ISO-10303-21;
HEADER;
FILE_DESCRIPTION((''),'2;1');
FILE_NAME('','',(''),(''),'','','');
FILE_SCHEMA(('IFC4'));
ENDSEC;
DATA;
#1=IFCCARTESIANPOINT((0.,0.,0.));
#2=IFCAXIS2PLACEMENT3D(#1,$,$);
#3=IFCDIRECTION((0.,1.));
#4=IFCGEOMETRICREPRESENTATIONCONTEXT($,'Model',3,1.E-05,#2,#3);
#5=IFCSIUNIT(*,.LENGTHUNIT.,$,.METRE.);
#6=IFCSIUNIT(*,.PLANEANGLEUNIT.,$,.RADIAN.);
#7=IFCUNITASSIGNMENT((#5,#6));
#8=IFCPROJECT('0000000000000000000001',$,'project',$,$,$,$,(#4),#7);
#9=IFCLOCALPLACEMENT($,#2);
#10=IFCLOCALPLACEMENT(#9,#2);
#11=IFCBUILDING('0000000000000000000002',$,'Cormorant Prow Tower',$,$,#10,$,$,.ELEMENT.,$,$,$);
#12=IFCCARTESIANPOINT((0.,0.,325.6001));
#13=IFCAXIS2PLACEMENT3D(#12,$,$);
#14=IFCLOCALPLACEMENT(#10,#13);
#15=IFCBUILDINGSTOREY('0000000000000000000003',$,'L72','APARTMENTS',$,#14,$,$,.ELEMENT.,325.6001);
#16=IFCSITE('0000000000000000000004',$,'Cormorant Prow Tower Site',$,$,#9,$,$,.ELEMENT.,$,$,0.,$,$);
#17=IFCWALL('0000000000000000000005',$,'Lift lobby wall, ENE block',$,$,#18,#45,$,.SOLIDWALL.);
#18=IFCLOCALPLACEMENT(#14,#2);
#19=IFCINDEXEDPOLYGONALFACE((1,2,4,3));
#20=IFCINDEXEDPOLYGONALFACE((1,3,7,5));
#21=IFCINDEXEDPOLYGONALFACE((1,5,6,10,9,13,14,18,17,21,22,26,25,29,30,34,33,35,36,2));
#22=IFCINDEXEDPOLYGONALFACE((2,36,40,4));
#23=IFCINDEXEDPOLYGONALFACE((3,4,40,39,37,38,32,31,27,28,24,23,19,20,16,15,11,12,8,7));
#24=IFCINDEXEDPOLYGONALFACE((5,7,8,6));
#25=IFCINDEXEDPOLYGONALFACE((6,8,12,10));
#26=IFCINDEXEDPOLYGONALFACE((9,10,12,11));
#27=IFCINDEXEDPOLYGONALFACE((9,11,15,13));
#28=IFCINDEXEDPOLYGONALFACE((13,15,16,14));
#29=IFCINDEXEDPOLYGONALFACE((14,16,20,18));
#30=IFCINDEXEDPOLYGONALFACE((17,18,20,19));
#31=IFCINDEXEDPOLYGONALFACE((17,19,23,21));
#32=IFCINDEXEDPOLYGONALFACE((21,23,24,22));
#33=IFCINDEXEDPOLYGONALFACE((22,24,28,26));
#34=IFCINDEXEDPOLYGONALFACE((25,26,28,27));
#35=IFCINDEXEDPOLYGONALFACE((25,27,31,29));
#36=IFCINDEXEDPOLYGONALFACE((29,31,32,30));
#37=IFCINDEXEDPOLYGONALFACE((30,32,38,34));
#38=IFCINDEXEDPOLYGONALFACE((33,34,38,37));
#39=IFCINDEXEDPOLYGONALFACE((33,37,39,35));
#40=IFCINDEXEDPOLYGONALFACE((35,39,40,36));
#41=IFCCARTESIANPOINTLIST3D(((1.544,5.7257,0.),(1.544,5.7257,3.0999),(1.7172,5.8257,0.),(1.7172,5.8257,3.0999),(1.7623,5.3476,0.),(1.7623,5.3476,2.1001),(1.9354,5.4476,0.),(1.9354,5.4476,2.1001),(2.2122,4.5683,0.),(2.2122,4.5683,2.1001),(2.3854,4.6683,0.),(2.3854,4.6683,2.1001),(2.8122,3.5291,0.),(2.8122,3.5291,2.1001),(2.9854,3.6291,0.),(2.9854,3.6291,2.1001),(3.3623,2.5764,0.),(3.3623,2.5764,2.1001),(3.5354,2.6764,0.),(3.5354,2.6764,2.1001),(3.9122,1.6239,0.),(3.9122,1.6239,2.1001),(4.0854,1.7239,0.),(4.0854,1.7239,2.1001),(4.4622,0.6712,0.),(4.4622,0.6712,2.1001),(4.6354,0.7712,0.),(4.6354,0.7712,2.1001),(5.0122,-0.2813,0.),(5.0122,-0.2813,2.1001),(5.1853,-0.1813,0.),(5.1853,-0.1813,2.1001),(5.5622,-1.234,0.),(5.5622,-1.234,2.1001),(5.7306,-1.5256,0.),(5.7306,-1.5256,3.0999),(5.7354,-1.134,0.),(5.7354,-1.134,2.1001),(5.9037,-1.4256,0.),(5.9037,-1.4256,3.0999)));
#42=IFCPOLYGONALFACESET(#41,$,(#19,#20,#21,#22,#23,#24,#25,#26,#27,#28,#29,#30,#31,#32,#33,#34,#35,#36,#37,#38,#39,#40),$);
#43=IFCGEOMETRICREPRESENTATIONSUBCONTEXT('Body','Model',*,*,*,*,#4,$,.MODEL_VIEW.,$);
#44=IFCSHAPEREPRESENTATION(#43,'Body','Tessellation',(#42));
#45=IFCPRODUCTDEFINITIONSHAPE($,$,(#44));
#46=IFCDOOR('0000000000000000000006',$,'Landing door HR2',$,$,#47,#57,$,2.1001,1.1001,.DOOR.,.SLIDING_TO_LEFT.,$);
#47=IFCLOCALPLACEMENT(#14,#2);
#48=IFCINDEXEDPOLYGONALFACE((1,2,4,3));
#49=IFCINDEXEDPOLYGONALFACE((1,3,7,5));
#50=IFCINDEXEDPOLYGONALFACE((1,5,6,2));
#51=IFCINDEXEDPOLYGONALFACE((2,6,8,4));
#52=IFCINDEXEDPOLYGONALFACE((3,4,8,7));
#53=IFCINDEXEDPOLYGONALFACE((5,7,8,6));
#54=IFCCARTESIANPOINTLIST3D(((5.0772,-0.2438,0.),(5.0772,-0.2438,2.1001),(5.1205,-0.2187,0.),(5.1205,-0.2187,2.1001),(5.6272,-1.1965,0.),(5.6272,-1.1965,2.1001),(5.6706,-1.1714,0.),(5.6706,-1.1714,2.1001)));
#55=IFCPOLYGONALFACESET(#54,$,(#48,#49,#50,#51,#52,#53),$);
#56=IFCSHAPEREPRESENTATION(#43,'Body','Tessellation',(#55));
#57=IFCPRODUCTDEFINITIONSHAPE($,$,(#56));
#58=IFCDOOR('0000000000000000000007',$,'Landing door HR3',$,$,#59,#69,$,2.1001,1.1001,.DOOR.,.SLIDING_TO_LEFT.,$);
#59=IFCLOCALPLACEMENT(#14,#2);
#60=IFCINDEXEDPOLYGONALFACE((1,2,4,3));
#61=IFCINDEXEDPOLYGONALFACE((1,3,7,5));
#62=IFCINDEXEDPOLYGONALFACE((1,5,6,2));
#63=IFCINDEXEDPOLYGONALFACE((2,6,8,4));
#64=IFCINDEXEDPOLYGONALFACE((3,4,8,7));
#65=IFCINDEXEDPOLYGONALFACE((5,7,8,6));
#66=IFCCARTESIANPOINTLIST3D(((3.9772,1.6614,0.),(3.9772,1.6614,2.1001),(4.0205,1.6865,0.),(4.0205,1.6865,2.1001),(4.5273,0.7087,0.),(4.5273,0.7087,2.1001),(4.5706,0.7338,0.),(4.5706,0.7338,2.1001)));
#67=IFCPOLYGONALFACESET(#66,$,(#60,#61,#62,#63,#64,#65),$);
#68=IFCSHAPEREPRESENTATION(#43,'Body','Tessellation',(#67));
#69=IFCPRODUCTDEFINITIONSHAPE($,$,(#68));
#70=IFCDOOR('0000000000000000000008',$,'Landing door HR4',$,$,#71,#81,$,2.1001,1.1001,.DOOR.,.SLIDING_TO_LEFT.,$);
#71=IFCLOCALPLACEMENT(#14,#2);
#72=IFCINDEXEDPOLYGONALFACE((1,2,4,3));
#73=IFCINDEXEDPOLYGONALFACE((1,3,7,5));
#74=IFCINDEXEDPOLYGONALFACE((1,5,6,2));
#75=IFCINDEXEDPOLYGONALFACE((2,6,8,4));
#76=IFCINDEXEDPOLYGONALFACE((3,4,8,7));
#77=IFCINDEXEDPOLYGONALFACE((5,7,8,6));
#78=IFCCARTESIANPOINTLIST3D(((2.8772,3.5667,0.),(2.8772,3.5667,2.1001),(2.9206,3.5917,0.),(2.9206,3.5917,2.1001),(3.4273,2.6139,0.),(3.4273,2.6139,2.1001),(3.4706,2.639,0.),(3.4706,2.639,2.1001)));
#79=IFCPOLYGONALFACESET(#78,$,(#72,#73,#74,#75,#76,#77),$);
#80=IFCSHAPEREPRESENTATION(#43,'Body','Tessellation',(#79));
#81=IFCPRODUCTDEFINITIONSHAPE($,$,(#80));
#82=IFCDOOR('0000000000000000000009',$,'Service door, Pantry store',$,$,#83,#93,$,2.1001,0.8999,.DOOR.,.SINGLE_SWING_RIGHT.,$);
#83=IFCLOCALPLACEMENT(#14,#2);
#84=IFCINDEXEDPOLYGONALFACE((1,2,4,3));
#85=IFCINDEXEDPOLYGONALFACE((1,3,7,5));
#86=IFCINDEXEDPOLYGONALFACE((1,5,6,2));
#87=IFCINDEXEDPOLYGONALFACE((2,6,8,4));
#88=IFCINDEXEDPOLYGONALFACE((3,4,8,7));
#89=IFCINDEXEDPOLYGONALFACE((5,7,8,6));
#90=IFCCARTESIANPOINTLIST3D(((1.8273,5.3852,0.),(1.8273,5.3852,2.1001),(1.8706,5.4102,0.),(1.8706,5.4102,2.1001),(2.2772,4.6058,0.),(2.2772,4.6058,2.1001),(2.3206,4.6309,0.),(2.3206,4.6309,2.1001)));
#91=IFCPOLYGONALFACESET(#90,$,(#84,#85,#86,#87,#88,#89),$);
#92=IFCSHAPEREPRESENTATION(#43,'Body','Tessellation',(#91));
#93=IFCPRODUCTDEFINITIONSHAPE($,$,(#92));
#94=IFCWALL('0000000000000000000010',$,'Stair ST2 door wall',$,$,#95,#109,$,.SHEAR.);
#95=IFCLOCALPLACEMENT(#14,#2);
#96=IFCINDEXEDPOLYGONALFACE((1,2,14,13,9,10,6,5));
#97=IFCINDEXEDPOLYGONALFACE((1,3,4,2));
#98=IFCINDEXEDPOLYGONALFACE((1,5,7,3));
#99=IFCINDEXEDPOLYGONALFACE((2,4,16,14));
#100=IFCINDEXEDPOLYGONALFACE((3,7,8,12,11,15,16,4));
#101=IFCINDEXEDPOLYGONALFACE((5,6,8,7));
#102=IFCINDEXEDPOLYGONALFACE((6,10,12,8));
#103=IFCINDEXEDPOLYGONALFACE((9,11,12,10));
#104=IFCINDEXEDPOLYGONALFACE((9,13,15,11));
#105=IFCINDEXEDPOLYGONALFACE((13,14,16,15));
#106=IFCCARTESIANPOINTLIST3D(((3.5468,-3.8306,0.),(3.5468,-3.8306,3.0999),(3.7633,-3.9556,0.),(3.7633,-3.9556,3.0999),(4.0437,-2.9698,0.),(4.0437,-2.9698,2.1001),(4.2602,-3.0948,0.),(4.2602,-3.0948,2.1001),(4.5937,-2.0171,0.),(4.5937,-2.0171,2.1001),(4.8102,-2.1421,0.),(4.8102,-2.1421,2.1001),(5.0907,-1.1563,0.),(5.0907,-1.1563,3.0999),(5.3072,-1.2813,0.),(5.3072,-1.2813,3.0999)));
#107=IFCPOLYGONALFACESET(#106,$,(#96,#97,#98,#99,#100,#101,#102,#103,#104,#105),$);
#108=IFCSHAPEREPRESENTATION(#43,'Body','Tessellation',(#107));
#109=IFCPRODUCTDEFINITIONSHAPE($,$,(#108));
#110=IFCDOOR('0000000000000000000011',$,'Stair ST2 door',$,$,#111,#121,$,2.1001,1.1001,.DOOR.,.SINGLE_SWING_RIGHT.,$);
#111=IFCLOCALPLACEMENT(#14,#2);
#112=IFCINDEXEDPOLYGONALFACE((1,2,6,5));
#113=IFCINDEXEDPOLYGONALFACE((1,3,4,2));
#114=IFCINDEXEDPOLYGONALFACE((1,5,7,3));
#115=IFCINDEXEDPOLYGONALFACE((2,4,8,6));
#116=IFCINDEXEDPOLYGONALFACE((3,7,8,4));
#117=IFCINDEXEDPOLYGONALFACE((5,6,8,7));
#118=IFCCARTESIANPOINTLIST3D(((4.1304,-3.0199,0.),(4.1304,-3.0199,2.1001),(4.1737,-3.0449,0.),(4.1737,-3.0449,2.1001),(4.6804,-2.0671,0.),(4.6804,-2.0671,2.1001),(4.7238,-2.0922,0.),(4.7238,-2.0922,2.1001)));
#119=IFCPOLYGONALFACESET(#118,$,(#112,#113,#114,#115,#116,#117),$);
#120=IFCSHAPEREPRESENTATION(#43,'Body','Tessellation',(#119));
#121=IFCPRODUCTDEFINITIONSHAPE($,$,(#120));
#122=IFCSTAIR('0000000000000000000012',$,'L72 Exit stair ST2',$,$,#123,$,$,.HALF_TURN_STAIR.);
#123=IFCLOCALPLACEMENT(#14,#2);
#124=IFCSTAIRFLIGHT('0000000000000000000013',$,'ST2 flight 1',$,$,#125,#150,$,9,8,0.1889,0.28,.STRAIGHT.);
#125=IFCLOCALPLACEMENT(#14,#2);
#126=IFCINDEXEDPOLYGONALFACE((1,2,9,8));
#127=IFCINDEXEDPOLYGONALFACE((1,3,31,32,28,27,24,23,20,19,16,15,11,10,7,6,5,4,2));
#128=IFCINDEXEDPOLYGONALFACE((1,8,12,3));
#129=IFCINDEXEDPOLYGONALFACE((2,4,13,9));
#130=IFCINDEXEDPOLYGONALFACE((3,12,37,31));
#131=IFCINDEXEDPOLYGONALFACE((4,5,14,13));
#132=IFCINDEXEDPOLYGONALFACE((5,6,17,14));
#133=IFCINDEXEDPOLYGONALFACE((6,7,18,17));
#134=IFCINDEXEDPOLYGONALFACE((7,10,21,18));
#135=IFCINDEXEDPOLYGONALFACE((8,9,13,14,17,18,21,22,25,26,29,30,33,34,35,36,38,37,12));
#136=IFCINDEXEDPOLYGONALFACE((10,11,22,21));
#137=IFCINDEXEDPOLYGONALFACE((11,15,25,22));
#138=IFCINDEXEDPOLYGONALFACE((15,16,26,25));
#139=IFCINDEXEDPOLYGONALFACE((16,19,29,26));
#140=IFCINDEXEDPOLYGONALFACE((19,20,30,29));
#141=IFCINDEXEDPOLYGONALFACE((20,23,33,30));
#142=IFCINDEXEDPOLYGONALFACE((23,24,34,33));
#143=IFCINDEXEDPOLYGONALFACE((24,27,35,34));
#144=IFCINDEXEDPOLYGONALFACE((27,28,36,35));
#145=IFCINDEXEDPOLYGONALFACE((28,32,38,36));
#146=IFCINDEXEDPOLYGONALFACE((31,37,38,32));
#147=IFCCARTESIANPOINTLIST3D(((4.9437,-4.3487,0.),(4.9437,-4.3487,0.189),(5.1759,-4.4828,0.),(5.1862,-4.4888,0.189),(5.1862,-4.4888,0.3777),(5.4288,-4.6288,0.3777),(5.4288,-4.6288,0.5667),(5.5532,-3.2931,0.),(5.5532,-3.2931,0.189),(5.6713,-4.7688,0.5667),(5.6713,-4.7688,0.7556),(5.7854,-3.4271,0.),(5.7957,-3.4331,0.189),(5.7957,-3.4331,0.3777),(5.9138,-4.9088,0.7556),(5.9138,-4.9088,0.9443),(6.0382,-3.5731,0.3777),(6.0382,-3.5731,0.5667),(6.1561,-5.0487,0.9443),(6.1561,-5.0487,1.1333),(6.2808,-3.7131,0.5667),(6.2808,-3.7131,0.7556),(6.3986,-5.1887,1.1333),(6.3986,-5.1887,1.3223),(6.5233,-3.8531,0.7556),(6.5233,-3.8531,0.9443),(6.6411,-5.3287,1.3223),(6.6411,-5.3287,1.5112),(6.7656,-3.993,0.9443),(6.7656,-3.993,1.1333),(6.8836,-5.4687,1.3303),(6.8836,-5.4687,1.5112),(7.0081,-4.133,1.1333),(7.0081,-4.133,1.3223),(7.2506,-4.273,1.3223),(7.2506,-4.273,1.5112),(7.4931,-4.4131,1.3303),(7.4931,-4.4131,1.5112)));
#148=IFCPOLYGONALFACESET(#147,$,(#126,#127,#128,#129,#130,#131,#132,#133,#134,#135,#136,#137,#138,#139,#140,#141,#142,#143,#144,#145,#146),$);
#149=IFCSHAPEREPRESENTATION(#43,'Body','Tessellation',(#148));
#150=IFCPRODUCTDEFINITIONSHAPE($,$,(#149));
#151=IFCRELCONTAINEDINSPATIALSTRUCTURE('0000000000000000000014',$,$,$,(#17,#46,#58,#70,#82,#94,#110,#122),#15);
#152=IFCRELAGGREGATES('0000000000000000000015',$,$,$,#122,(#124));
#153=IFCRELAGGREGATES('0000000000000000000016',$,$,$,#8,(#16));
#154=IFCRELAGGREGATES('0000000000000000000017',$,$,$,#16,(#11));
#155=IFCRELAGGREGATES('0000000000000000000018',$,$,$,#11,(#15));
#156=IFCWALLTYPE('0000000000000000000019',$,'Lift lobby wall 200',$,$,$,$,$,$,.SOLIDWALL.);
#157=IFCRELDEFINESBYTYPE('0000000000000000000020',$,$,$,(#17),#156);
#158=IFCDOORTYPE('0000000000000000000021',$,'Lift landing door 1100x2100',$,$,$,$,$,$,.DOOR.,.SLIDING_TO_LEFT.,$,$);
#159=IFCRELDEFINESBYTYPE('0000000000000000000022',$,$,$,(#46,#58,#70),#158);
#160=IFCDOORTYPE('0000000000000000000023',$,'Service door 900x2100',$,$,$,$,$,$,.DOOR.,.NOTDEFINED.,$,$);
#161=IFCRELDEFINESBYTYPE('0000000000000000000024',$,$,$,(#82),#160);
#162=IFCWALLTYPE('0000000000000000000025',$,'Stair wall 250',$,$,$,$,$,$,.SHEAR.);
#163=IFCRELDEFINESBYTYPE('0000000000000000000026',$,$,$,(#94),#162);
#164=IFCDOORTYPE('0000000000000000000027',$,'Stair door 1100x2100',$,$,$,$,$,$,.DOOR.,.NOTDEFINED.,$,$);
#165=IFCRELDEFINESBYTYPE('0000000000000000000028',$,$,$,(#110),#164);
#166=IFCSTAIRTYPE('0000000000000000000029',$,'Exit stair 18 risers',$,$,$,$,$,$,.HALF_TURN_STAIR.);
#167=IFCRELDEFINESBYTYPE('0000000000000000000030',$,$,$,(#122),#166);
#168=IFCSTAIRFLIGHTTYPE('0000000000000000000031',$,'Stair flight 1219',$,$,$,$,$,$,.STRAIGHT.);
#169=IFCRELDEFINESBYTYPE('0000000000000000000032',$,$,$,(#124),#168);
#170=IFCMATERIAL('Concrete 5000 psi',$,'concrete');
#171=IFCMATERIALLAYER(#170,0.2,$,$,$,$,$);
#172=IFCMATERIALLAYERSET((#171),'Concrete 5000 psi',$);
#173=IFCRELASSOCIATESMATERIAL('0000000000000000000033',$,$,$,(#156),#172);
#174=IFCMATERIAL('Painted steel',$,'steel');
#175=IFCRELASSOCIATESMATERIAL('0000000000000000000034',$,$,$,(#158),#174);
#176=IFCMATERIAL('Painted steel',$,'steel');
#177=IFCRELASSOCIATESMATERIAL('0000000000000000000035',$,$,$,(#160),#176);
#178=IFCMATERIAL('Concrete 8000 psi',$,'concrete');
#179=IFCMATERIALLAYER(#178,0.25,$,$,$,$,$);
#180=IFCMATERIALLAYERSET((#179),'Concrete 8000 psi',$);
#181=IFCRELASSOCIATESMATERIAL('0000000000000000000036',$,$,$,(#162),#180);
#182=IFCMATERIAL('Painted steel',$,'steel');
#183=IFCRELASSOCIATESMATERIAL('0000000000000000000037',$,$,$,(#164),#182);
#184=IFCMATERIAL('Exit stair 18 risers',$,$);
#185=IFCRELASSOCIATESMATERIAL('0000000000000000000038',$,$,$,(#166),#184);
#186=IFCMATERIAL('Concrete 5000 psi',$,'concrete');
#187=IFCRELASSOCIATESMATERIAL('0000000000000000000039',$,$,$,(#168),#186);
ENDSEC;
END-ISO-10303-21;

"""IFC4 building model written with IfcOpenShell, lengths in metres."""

from ifc_helpers import new_model, si_unit, direction, frame, frame_2d, origin, place, context, subcontext, project, spatial, polyline, rectangle, outline, extrude, material, layer, layer_set, type_object, element, fill, aggregate, save


model = new_model("IFC4")

# Units and contexts
model_context = context("Model", 3, precision=1e-05, world=origin(), true_north=direction((0.0, 1.0)))
body_context = subcontext(model_context, "Body", "Model", "MODEL_VIEW")
ifc_project = project(units=[si_unit("LENGTHUNIT", "METRE"), si_unit("PLANEANGLEUNIT", "RADIAN")], contexts=[model_context])

# Site, building, storey
site_placement = place(None, origin())
site = spatial("IfcSite", under=ifc_project, at=site_placement, Name="Cormorant Prow Tower Site", CompositionType="ELEMENT", RefElevation=0.0)
building_placement = place(site_placement, origin())
building = spatial("IfcBuilding", under=site, at=building_placement, Name="Cormorant Prow Tower", CompositionType="ELEMENT")
storey_placement = place(building_placement, frame((0.0, 0.0, 325.6001)))
storey = spatial("IfcBuildingStorey", under=building, at=storey_placement, Name="L72", Description="APARTMENTS", CompositionType="ELEMENT", Elevation=325.6001)

# Wall, openings, doors
ifc_material_1 = material(Name="Concrete 5000 psi", Category="concrete")
ifc_layer_1 = layer(ifc_material_1, 0.2)
ifc_layer_set_1 = layer_set([ifc_layer_1], Name="Concrete 5000 psi")
wall_type_1 = type_object("IfcWallType", Name="Lift lobby wall 200", PredefinedType="SOLIDWALL", material=ifc_layer_set_1)
wall_1_placement = place(storey_placement, frame((5.8171, -1.4756, 0.0), z_axis=(0.0, 0.0, 1.0), x_axis=(-0.500003, 0.866024, 0.0)))
wall_1 = element("IfcWall", 1, at=wall_1_placement, inside=storey, type_object=wall_type_1, Name="Lift lobby wall, ENE block", PredefinedType="SOLIDWALL", context=body_context, shape_type="SweptSolid", body=[
    extrude(rectangle(XDim=8.373, YDim=0.2, at=frame_2d((4.1865, 0.0))), origin(), (0.0, 0.0, 1.0), 3.0999),
])
opening_1_placement = place(wall_1_placement, frame((0.3367, 0.0, 0.0)))
opening_1 = element("IfcOpeningElement", 2, at=opening_1_placement, cuts=wall_1, PredefinedType="OPENING", context=body_context, shape_type="SweptSolid", body=[
    extrude(rectangle(XDim=1.1001, YDim=2.1001, at=frame_2d((0.55, 1.05))), frame((0.0, 0.1099, 0.0), z_axis=(0.0, -1.0, 0.0), x_axis=(1.0, 0.0, 0.0)), (0.0, 0.0, 1.0), 0.22),
])
opening_2_placement = place(wall_1_placement, frame((2.5366, 0.0, 0.0)))
opening_2 = element("IfcOpeningElement", 3, at=opening_2_placement, cuts=wall_1, PredefinedType="OPENING", context=body_context, shape_type="SweptSolid", body=[
    extrude(rectangle(XDim=1.1001, YDim=2.1001, at=frame_2d((0.55, 1.05))), frame((0.0, 0.1099, 0.0), z_axis=(0.0, -1.0, 0.0), x_axis=(1.0, 0.0, 0.0)), (0.0, 0.0, 1.0), 0.22),
])
opening_3_placement = place(wall_1_placement, frame((4.7366, 0.0, 0.0)))
opening_3 = element("IfcOpeningElement", 4, at=opening_3_placement, cuts=wall_1, PredefinedType="OPENING", context=body_context, shape_type="SweptSolid", body=[
    extrude(rectangle(XDim=1.1001, YDim=2.1001, at=frame_2d((0.55, 1.05))), frame((0.0, 0.1099, 0.0), z_axis=(0.0, -1.0, 0.0), x_axis=(1.0, 0.0, 0.0)), (0.0, 0.0, 1.0), 0.22),
])
opening_4_placement = place(wall_1_placement, frame((7.0366, 0.0, 0.0)))
opening_4 = element("IfcOpeningElement", 5, at=opening_4_placement, cuts=wall_1, PredefinedType="OPENING", context=body_context, shape_type="SweptSolid", body=[
    extrude(rectangle(XDim=0.8999, YDim=2.1001, at=frame_2d((0.45, 1.05))), frame((0.0, 0.1099, 0.0), z_axis=(0.0, -1.0, 0.0), x_axis=(1.0, 0.0, 0.0)), (0.0, 0.0, 1.0), 0.22),
])
ifc_material_2 = material(Name="Painted steel", Category="steel")
door_type_1 = type_object("IfcDoorType", Name="Lift landing door 1100x2100", OperationType="SLIDING_TO_LEFT", PredefinedType="DOOR", material=ifc_material_2)
door_1_placement = place(opening_1_placement, origin())
door_1 = element("IfcDoor", 6, at=door_1_placement, inside=storey, type_object=door_type_1, Name="Landing door HR2", OperationType="SLIDING_TO_LEFT", OverallHeight=2.1001, OverallWidth=1.1001, PredefinedType="DOOR", context=body_context, shape_type="SweptSolid", body=[
    extrude(rectangle(XDim=1.1001, YDim=2.1001, at=frame_2d((0.55, 1.05))), frame((0.0, 0.0249, 0.0), z_axis=(0.0, -1.0, 0.0), x_axis=(1.0, 0.0, 0.0)), (0.0, 0.0, 1.0), 0.05),
])
fill(opening_1, door_1)
door_2_placement = place(opening_2_placement, origin())
door_2 = element("IfcDoor", 7, at=door_2_placement, inside=storey, type_object=door_type_1, Name="Landing door HR3", OperationType="SLIDING_TO_LEFT", OverallHeight=2.1001, OverallWidth=1.1001, PredefinedType="DOOR", context=body_context, shape_type="SweptSolid", body=[
    extrude(rectangle(XDim=1.1001, YDim=2.1001, at=frame_2d((0.55, 1.05))), frame((0.0, 0.0249, 0.0), z_axis=(0.0, -1.0, 0.0), x_axis=(1.0, 0.0, 0.0)), (0.0, 0.0, 1.0), 0.05),
])
fill(opening_2, door_2)
door_3_placement = place(opening_3_placement, origin())
door_3 = element("IfcDoor", 8, at=door_3_placement, inside=storey, type_object=door_type_1, Name="Landing door HR4", OperationType="SLIDING_TO_LEFT", OverallHeight=2.1001, OverallWidth=1.1001, PredefinedType="DOOR", context=body_context, shape_type="SweptSolid", body=[
    extrude(rectangle(XDim=1.1001, YDim=2.1001, at=frame_2d((0.55, 1.05))), frame((0.0, 0.0249, 0.0), z_axis=(0.0, -1.0, 0.0), x_axis=(1.0, 0.0, 0.0)), (0.0, 0.0, 1.0), 0.05),
])
fill(opening_3, door_3)
ifc_material_3 = material(Name="Painted steel", Category="steel")
door_type_2 = type_object("IfcDoorType", Name="Service door 900x2100", OperationType="NOTDEFINED", PredefinedType="DOOR", material=ifc_material_3)
door_4_placement = place(opening_4_placement, origin())
door_4 = element("IfcDoor", 9, at=door_4_placement, inside=storey, type_object=door_type_2, Name="Service door, Pantry store", OperationType="SINGLE_SWING_RIGHT", OverallHeight=2.1001, OverallWidth=0.8999, PredefinedType="DOOR", context=body_context, shape_type="SweptSolid", body=[
    extrude(rectangle(XDim=0.8999, YDim=2.1001, at=frame_2d((0.45, 1.05))), frame((0.0, 0.0249, 0.0), z_axis=(0.0, -1.0, 0.0), x_axis=(1.0, 0.0, 0.0)), (0.0, 0.0, 1.0), 0.05),
])
fill(opening_4, door_4)

# Wall, opening, door
ifc_material_4 = material(Name="Concrete 8000 psi", Category="concrete")
ifc_layer_2 = layer(ifc_material_4, 0.25)
ifc_layer_set_2 = layer_set([ifc_layer_2], Name="Concrete 8000 psi")
wall_type_2 = type_object("IfcWallType", Name="Stair wall 250", PredefinedType="SHEAR", material=ifc_layer_set_2)
wall_2_placement = place(storey_placement, frame((3.655, -3.8931, 0.0), z_axis=(0.0, 0.0, 1.0), x_axis=(0.499983, 0.866035, 0.0)))
wall_2 = element("IfcWall", 10, at=wall_2_placement, inside=storey, type_object=wall_type_2, Name="Stair ST2 door wall", PredefinedType="SHEAR", context=body_context, shape_type="SweptSolid", body=[
    extrude(rectangle(XDim=3.0879, YDim=0.25, at=frame_2d((1.5439, 0.0))), origin(), (0.0, 0.0, 1.0), 3.0999),
])
opening_5_placement = place(wall_2_placement, frame((0.9939, 0.0, 0.0)))
opening_5 = element("IfcOpeningElement", 11, at=opening_5_placement, cuts=wall_2, PredefinedType="OPENING", context=body_context, shape_type="SweptSolid", body=[
    extrude(rectangle(XDim=1.1001, YDim=2.1001, at=frame_2d((0.55, 1.05))), frame((0.0, 0.135, 0.0), z_axis=(0.0, -1.0, 0.0), x_axis=(1.0, 0.0, 0.0)), (0.0, 0.0, 1.0), 0.27),
])
ifc_material_5 = material(Name="Painted steel", Category="steel")
door_type_3 = type_object("IfcDoorType", Name="Stair door 1100x2100", OperationType="NOTDEFINED", PredefinedType="DOOR", material=ifc_material_5)
door_5_placement = place(opening_5_placement, origin())
door_5 = element("IfcDoor", 12, at=door_5_placement, inside=storey, type_object=door_type_3, Name="Stair ST2 door", OperationType="SINGLE_SWING_RIGHT", OverallHeight=2.1001, OverallWidth=1.1001, PredefinedType="DOOR", context=body_context, shape_type="SweptSolid", body=[
    extrude(rectangle(XDim=1.1001, YDim=2.1001, at=frame_2d((0.55, 1.05))), frame((0.0, 0.0249, 0.0), z_axis=(0.0, -1.0, 0.0), x_axis=(1.0, 0.0, 0.0)), (0.0, 0.0, 1.0), 0.05),
])
fill(opening_5, door_5)

# Stair, stair flight
ifc_material_6 = material(Name="Exit stair 18 risers")
stair_type = type_object("IfcStairType", Name="Exit stair 18 risers", PredefinedType="HALF_TURN_STAIR", material=ifc_material_6)
stair_placement = place(storey_placement, origin())
stair = element("IfcStair", 13, at=stair_placement, inside=storey, type_object=stair_type, Name="L72 Exit stair ST2", PredefinedType="HALF_TURN_STAIR")
ifc_material_7 = material(Name="Concrete 5000 psi", Category="concrete")
stair_flight_type = type_object("IfcStairFlightType", Name="Stair flight 1219", PredefinedType="STRAIGHT", material=ifc_material_7)
stair_flight_1_placement = place(storey_placement, frame((5.2485, -3.8208, 0.0), z_axis=(0.0, 0.0, 1.0), x_axis=(0.866025, -0.5, 0.0)))
stair_flight_1 = element("IfcStairFlight", 14, at=stair_flight_1_placement, type_object=stair_flight_type, Name="ST2 flight 1", NumberOfRisers=9, NumberOfTreads=8, PredefinedType="STRAIGHT", RiserHeight=0.1889, TreadLength=0.28, context=body_context, shape_type="SweptSolid", body=[
    extrude(outline(polyline([(0.0, 0.0), (0.0, 0.189), (0.28, 0.189), (0.28, 0.3777), (0.5601, 0.3777), (0.5601, 0.5667), (0.8401, 0.5667), (0.8401, 0.7556), (1.1201, 0.7556), (1.1201, 0.9443), (1.3999, 0.9443), (1.3999, 1.1333), (1.6799, 1.1333), (1.6799, 1.3223), (1.96, 1.3223), (1.96, 1.5112), (2.24, 1.5112), (2.24, 1.7), (2.24, 1.3303), (0.2681, 0.0), (0.0, 0.0)])), frame((0.0, 0.6094, 0.0), z_axis=(0.0, -1.0, 0.0), x_axis=(1.0, 0.0, 0.0)), (0.0, 0.0, 1.0), 1.219),
])
aggregate(stair, [stair_flight_1])

save(model, "model.ifc")
